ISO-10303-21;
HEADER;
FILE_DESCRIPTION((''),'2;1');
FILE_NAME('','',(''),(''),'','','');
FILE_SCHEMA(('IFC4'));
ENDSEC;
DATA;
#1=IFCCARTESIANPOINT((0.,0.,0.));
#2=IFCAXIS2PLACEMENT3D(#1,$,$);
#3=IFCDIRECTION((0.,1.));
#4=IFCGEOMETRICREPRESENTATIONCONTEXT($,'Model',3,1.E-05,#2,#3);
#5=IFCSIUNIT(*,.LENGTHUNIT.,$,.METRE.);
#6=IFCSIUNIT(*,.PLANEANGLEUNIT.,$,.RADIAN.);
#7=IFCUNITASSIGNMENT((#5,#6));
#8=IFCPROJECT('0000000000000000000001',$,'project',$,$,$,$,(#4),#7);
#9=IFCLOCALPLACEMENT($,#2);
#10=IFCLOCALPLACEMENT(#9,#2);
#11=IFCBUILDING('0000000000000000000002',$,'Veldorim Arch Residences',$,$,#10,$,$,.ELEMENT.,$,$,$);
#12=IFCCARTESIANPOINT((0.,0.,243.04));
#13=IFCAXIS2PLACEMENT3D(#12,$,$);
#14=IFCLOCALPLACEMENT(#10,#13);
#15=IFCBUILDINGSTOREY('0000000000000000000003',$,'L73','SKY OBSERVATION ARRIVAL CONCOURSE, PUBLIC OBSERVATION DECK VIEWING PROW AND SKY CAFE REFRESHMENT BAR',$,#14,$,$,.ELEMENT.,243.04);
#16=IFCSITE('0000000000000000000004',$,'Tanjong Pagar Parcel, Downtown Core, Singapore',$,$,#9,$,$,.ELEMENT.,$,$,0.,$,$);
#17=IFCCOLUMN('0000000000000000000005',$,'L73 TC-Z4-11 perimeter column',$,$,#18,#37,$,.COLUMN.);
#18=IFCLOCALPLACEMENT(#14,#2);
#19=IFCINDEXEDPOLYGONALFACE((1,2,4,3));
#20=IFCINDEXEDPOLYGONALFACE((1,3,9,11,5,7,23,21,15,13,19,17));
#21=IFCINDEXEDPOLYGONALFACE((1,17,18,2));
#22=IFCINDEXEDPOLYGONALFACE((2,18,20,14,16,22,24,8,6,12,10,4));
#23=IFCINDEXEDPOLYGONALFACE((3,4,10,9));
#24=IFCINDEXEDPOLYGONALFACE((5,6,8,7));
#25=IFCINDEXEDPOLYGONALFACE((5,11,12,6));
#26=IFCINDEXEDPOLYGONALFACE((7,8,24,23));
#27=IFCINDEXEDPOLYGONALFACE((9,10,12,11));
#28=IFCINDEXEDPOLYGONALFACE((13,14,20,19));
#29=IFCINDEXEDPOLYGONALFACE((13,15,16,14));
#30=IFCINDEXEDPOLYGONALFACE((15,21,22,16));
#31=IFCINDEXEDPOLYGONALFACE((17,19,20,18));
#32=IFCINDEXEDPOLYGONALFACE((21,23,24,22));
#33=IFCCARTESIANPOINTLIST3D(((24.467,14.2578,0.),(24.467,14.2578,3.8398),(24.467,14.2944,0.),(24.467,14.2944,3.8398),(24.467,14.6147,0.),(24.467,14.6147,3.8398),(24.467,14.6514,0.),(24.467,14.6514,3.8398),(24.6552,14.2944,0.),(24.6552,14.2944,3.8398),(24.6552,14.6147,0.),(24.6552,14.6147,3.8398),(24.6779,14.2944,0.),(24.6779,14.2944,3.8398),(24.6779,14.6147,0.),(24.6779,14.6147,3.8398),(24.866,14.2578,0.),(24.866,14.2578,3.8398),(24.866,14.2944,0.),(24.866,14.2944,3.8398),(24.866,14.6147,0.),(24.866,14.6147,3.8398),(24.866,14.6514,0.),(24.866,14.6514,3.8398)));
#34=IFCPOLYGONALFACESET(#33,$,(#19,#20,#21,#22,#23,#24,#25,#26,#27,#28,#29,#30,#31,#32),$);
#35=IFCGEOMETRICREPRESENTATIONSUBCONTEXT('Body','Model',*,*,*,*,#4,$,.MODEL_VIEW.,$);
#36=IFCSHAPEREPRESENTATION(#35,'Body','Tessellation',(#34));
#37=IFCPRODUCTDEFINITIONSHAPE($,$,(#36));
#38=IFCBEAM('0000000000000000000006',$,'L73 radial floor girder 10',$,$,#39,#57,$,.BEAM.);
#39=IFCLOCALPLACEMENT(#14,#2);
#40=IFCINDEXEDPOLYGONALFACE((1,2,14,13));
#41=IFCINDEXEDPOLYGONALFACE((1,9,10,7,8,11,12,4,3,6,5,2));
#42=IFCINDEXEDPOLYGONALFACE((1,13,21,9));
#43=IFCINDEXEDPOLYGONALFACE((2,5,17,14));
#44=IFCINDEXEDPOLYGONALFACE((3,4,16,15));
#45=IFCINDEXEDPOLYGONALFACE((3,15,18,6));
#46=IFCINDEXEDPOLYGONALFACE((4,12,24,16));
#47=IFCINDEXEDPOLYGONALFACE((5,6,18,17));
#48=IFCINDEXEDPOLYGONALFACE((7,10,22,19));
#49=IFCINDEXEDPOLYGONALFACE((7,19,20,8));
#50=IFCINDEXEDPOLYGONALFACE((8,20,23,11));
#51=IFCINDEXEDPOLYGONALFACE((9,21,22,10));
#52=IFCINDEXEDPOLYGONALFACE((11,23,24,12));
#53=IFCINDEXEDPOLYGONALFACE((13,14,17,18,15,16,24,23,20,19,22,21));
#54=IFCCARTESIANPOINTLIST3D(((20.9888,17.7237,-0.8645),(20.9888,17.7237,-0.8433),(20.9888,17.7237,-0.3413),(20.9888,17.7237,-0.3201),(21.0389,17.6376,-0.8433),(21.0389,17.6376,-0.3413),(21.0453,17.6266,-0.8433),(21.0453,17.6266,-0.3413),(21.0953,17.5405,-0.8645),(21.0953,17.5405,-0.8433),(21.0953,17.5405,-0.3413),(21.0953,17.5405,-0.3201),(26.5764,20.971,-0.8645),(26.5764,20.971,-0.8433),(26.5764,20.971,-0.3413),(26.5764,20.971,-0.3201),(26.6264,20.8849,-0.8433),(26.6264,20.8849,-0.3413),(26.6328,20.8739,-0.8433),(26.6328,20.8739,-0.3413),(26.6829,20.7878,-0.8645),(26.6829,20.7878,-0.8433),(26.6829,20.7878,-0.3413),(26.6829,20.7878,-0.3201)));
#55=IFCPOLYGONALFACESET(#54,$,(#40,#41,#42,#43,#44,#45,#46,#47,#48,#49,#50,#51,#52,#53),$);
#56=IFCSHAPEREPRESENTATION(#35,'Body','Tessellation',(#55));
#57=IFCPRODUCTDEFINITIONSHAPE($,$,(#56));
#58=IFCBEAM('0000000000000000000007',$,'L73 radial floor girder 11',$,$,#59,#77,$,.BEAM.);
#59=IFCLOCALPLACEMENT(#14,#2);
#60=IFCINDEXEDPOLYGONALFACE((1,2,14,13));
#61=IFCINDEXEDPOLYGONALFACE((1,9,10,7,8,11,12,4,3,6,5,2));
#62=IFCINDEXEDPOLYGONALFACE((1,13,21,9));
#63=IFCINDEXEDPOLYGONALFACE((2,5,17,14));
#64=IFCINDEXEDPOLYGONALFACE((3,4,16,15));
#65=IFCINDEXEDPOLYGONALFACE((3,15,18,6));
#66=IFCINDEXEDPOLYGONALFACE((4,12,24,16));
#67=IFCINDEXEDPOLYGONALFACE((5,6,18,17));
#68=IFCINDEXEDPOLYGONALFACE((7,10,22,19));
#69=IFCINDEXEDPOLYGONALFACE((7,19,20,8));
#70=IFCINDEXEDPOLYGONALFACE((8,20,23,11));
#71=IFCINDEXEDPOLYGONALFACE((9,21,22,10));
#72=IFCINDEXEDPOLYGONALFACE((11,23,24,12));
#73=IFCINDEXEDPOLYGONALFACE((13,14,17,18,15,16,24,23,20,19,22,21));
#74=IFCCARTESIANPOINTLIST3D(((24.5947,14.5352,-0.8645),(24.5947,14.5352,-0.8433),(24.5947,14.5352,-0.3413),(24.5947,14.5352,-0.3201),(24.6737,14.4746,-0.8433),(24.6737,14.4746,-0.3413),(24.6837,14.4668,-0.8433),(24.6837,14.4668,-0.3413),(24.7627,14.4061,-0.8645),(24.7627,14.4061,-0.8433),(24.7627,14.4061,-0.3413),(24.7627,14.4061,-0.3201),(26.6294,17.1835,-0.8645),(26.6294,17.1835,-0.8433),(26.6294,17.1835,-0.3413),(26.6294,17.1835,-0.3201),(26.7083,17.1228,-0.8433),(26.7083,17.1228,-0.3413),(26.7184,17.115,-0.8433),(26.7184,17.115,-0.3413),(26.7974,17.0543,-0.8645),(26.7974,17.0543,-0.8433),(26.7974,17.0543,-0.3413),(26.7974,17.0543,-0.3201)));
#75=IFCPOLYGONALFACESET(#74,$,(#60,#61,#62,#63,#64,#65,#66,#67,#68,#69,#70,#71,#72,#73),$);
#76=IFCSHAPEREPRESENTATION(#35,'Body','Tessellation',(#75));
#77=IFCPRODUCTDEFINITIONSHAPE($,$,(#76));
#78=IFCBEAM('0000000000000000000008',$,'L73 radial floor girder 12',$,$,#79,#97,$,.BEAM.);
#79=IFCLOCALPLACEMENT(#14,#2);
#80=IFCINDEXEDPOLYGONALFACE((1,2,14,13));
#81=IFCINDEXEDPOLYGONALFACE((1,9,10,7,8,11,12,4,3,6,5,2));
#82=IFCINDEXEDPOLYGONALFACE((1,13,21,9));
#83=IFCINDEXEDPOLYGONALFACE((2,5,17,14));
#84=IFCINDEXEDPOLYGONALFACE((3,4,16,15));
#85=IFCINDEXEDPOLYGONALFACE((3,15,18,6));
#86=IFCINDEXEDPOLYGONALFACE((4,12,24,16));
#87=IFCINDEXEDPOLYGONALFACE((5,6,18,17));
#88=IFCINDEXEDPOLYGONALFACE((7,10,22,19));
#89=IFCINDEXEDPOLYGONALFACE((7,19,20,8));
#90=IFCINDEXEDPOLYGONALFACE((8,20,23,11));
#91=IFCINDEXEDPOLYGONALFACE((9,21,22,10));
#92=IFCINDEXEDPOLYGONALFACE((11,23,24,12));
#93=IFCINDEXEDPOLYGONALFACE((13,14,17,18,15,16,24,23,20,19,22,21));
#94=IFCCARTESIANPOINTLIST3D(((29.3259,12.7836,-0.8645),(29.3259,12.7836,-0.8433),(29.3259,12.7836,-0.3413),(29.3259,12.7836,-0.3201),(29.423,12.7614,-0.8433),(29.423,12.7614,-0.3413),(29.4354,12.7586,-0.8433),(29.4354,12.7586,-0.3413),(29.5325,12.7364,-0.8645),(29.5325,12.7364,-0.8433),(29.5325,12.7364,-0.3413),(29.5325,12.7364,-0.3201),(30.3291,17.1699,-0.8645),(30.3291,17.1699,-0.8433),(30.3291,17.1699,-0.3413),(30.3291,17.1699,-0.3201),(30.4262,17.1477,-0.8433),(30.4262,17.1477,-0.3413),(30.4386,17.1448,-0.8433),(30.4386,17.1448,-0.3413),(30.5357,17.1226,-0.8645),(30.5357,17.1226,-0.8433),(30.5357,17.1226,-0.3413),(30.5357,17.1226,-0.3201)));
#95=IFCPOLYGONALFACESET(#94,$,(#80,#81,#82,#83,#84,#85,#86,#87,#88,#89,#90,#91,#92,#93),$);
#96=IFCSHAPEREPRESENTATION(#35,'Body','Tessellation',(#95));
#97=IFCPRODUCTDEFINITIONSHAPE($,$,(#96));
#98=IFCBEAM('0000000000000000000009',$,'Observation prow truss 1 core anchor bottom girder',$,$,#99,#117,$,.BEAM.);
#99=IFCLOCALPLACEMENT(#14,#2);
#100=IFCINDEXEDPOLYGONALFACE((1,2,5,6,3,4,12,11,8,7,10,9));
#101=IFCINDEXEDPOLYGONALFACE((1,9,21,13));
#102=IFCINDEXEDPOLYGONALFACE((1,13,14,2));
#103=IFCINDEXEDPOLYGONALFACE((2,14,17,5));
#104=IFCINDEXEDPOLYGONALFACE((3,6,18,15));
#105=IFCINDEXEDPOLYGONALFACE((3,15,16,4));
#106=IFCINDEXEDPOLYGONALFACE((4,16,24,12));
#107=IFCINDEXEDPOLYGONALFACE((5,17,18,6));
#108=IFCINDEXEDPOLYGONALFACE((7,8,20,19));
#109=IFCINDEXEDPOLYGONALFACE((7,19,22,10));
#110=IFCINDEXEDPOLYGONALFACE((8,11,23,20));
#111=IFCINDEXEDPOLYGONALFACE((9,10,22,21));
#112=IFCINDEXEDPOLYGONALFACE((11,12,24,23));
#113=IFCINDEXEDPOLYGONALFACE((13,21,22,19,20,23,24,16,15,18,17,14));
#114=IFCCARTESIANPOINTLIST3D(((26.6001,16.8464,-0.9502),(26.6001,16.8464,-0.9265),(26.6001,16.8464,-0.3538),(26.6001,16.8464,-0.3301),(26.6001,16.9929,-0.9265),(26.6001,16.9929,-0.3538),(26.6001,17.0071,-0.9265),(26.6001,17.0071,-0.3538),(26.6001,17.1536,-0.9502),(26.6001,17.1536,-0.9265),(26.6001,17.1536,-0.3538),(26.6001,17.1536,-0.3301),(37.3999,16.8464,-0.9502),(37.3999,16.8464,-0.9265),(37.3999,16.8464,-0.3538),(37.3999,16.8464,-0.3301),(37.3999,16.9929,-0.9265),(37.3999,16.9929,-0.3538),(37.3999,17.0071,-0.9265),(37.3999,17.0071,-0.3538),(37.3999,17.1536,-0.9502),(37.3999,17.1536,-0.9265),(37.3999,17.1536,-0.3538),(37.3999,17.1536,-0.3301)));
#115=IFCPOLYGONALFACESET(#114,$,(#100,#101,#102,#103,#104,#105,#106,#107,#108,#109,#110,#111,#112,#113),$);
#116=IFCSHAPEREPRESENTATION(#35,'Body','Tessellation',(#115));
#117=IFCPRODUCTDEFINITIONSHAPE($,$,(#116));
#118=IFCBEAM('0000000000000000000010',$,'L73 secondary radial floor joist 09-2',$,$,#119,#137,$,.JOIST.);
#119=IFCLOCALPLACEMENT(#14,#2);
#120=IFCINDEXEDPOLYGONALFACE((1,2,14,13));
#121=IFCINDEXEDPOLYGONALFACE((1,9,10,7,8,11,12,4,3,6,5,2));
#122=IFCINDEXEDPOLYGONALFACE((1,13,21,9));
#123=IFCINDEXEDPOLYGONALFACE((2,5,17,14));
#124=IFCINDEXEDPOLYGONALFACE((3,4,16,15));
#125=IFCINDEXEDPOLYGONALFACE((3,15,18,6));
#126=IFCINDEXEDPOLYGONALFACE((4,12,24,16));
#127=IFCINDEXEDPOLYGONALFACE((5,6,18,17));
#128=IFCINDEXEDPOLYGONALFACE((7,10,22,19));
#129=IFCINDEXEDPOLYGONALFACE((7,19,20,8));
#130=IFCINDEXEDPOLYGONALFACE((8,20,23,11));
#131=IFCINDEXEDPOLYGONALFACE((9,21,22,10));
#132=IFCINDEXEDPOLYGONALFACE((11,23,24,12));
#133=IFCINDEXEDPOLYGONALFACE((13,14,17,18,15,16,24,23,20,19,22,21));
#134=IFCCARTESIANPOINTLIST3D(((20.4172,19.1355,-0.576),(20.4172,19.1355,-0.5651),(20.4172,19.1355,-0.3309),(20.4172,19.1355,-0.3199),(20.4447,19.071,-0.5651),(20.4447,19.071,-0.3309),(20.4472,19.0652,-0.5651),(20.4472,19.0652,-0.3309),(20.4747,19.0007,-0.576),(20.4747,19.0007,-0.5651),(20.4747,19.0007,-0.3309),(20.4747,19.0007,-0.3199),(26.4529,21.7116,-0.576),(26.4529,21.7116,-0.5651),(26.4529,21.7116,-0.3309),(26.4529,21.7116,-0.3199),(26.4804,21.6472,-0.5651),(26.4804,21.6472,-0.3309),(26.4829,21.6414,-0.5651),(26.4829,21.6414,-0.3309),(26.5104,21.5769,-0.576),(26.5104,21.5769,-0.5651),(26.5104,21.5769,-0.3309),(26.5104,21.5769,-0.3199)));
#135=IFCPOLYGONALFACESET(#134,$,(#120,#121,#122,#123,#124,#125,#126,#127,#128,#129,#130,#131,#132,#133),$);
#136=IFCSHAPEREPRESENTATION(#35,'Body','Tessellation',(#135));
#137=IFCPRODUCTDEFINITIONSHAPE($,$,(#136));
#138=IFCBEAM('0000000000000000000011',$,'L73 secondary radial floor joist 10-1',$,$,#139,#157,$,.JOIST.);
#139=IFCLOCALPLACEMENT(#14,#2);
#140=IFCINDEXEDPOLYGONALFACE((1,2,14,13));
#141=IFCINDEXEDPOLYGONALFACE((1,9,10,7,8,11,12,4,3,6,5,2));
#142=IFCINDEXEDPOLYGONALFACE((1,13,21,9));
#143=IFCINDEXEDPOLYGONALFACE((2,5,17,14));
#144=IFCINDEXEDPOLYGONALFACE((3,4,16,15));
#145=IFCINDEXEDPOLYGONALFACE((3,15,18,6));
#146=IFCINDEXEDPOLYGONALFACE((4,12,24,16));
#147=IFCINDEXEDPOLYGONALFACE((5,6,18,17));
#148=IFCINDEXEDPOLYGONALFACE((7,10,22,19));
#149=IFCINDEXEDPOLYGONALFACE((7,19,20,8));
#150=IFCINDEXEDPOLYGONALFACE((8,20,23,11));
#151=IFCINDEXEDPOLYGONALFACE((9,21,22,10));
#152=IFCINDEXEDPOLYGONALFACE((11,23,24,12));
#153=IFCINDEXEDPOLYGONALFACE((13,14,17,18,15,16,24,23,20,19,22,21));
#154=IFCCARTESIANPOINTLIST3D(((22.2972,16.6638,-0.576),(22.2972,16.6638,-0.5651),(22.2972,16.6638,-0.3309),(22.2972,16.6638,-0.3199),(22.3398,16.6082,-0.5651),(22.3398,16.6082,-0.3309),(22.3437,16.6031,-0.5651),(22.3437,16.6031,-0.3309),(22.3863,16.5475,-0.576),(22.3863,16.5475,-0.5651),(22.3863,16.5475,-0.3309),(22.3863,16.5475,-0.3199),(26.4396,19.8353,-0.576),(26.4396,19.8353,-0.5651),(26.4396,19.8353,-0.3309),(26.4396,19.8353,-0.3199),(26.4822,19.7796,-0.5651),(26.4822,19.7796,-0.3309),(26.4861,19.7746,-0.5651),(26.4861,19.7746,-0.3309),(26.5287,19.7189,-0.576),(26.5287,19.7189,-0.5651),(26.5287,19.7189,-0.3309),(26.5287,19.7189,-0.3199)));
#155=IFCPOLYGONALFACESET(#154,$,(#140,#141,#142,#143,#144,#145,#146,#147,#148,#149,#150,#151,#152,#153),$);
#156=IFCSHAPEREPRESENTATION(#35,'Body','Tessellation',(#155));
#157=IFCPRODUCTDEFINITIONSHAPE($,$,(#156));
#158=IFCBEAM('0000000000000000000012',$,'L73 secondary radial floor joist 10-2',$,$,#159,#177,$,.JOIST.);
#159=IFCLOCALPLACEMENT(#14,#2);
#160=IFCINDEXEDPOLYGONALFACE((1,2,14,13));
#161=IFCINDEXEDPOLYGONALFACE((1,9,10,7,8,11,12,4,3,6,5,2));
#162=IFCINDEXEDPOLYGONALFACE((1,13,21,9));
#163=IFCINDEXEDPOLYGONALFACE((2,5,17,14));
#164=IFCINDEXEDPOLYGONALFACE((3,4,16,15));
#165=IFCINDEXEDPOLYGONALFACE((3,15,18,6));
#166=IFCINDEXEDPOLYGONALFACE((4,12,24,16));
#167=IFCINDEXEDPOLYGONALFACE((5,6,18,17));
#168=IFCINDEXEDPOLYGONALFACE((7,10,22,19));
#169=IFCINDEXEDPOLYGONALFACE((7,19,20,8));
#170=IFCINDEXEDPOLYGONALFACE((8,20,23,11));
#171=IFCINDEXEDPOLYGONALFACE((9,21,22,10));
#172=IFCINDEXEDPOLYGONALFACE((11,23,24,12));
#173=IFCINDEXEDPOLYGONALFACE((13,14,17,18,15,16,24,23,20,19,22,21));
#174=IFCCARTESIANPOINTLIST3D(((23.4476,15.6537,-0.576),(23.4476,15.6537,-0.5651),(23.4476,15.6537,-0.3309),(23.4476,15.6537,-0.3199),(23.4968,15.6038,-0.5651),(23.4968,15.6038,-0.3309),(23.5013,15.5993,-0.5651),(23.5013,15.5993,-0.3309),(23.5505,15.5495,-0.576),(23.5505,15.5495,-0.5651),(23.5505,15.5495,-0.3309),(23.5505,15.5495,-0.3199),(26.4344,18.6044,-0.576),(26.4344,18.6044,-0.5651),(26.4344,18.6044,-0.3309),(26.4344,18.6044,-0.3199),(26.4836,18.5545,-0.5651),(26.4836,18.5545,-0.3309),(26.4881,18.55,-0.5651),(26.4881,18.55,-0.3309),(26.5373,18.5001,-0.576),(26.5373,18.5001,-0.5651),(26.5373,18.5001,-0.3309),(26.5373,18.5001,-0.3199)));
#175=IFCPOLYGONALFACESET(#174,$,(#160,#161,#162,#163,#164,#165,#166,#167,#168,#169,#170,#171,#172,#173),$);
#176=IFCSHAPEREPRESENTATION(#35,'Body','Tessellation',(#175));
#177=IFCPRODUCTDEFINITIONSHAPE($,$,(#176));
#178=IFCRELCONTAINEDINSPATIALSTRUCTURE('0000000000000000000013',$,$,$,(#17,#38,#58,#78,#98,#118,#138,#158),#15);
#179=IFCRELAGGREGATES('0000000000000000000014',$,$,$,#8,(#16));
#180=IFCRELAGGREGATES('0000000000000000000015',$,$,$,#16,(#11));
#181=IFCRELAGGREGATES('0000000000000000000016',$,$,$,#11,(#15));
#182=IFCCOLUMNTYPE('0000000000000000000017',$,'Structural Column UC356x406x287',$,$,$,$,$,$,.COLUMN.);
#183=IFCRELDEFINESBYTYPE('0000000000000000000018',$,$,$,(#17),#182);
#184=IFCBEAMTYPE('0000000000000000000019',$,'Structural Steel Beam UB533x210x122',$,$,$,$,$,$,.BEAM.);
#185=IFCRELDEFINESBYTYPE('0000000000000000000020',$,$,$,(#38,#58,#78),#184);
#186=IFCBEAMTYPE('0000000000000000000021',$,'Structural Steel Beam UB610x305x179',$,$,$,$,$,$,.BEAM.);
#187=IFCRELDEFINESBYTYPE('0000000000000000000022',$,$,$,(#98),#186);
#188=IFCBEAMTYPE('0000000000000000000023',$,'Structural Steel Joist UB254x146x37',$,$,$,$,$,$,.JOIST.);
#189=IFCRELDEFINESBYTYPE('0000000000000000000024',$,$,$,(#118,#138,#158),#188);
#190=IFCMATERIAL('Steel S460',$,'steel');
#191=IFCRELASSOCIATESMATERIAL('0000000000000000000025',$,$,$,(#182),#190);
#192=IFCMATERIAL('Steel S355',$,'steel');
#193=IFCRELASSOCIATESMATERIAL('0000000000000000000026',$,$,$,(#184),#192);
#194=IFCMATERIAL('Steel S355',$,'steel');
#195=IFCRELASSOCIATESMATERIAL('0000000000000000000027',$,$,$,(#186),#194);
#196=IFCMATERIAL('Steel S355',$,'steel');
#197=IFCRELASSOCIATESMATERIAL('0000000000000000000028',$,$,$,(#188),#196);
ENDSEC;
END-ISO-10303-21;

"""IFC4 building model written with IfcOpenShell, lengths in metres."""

from ifc_helpers import new_model, si_unit, direction, frame, origin, origin_2d, place, context, subcontext, project, spatial, i_section, extrude, material, material_profile, profile_set, type_object, element, save


model = new_model("IFC4")

# Units and contexts
model_context = context("Model", 3, precision=1e-05, world=origin(), true_north=direction((0.0, 1.0)))
body_context = subcontext(model_context, "Body", "Model", "MODEL_VIEW")
ifc_project = project(units=[si_unit("LENGTHUNIT", "METRE"), si_unit("PLANEANGLEUNIT", "RADIAN")], contexts=[model_context])

# Site, building, storey
site_placement = place(None, origin())
site = spatial("IfcSite", under=ifc_project, at=site_placement, Name="Tanjong Pagar Parcel, Downtown Core, Singapore", CompositionType="ELEMENT", RefElevation=0.0)
building_placement = place(site_placement, origin())
building = spatial("IfcBuilding", under=site, at=building_placement, Name="Veldorim Arch Residences", CompositionType="ELEMENT")
storey_placement = place(building_placement, frame((0.0, 0.0, 243.04)))
storey = spatial("IfcBuildingStorey", under=building, at=storey_placement, Name="L73", Description="SKY OBSERVATION ARRIVAL CONCOURSE, PUBLIC OBSERVATION DECK VIEWING PROW AND SKY CAFE REFRESHMENT BAR", CompositionType="ELEMENT", Elevation=243.04)

# Column
ifc_material_1 = material(Name="Steel S460", Category="steel")
ifc_material_profile_1 = material_profile(ifc_material_1, i_section(OverallWidth=0.3989, OverallDepth=0.3936, WebThickness=0.0227, FlangeThickness=0.0366, at=origin_2d()), Name="UC356x406x287")
ifc_profile_set_1 = profile_set([ifc_material_profile_1], Name="Steel S460")
column_type = type_object("IfcColumnType", Name="Structural Column UC356x406x287", PredefinedType="COLUMN", material=ifc_profile_set_1)
column_placement = place(storey_placement, frame((24.6665, 14.4546, 0.0), z_axis=(0.0, 0.0, 1.0), x_axis=(1.0, 0.0, 0.0)))
element("IfcColumn", 1, at=column_placement, inside=storey, type_object=column_type, Name="L73 TC-Z4-11 perimeter column", PredefinedType="COLUMN", context=body_context, shape_type="SweptSolid", body=[
    extrude(i_section(OverallWidth=0.3989, OverallDepth=0.3936, WebThickness=0.0227, FlangeThickness=0.0366, at=origin_2d()), origin(), (0.0, 0.0, 1.0), 3.8398),
])

# Beams
ifc_material_2 = material(Name="Steel S355", Category="steel")
ifc_material_profile_2 = material_profile(ifc_material_2, i_section(OverallWidth=0.2119, OverallDepth=0.5444, WebThickness=0.0127, FlangeThickness=0.0212, at=origin_2d()), Name="UB533x210x122")
ifc_profile_set_2 = profile_set([ifc_material_profile_2], Name="Steel S355")
beam_type_1 = type_object("IfcBeamType", Name="Structural Steel Beam UB533x210x122", PredefinedType="BEAM", material=ifc_profile_set_2)
beam_1_placement = place(storey_placement, frame((26.6296, 20.8794, -0.5923), z_axis=(-0.864596, -0.502468, 0.0), x_axis=(0.502468, -0.864596, 0.0)))
element("IfcBeam", 2, at=beam_1_placement, inside=storey, type_object=beam_type_1, Name="L73 radial floor girder 10", PredefinedType="BEAM", context=body_context, shape_type="SweptSolid", body=[
    extrude(i_section(OverallWidth=0.2119, OverallDepth=0.5444, WebThickness=0.0127, FlangeThickness=0.0212, at=origin_2d()), origin(), (0.0, 0.0, 1.0), 6.4626),
])
beam_2_placement = place(storey_placement, frame((26.7134, 17.1189, -0.5923), z_axis=(-0.609258, -0.792972, 0.0), x_axis=(0.792972, -0.609258, 0.0)))
element("IfcBeam", 3, at=beam_2_placement, inside=storey, type_object=beam_type_1, Name="L73 radial floor girder 11", PredefinedType="BEAM", context=body_context, shape_type="SweptSolid", body=[
    extrude(i_section(OverallWidth=0.2119, OverallDepth=0.5444, WebThickness=0.0127, FlangeThickness=0.0212, at=origin_2d()), origin(), (0.0, 0.0, 1.0), 3.3396),
])
beam_3_placement = place(storey_placement, frame((30.4324, 17.1462, -0.5923), z_axis=(-0.222953, -0.974829, 0.0), x_axis=(0.974829, -0.222953, 0.0)))
element("IfcBeam", 4, at=beam_3_placement, inside=storey, type_object=beam_type_1, Name="L73 radial floor girder 12", PredefinedType="BEAM", context=body_context, shape_type="SweptSolid", body=[
    extrude(i_section(OverallWidth=0.2119, OverallDepth=0.5444, WebThickness=0.0127, FlangeThickness=0.0212, at=origin_2d()), origin(), (0.0, 0.0, 1.0), 4.4995),
])
ifc_material_3 = material(Name="Steel S355", Category="steel")
ifc_material_profile_3 = material_profile(ifc_material_3, i_section(OverallWidth=0.3071, OverallDepth=0.6201, WebThickness=0.0142, FlangeThickness=0.0237, at=origin_2d()), Name="UB610x305x179")
ifc_profile_set_3 = profile_set([ifc_material_profile_3], Name="Steel S355")
beam_type_2 = type_object("IfcBeamType", Name="Structural Steel Beam UB610x305x179", PredefinedType="BEAM", material=ifc_profile_set_3)
beam_4_placement = place(storey_placement, frame((26.6001, 17.0, -0.6401), z_axis=(1.0, 0.0, 0.0), x_axis=(0.0, 1.0, 0.0)))
element("IfcBeam", 5, at=beam_4_placement, inside=storey, type_object=beam_type_2, Name="Observation prow truss 1 core anchor bottom girder", PredefinedType="BEAM", context=body_context, shape_type="SweptSolid", body=[
    extrude(i_section(OverallWidth=0.3071, OverallDepth=0.6201, WebThickness=0.0142, FlangeThickness=0.0237, at=origin_2d()), origin(), (0.0, 0.0, 1.0), 10.7998),
])
ifc_material_4 = material(Name="Steel S355", Category="steel")
ifc_material_profile_4 = material_profile(ifc_material_4, i_section(OverallWidth=0.1465, OverallDepth=0.2561, WebThickness=0.0063, FlangeThickness=0.011, at=origin_2d()), Name="UB254x146x37")
ifc_profile_set_4 = profile_set([ifc_material_profile_4], Name="Steel S355")
beam_type_3 = type_object("IfcBeamType", Name="Structural Steel Joist UB254x146x37", PredefinedType="JOIST", material=ifc_profile_set_4)
beam_5_placement = place(storey_placement, frame((26.4817, 21.6443, -0.448), z_axis=(-0.919725, -0.392563, 0.0), x_axis=(0.392563, -0.919725, 0.0)))
element("IfcBeam", 6, at=beam_5_placement, inside=storey, type_object=beam_type_3, Name="L73 secondary radial floor joist 09-2", PredefinedType="JOIST", context=body_context, shape_type="SweptSolid", body=[
    extrude(i_section(OverallWidth=0.1465, OverallDepth=0.2561, WebThickness=0.0063, FlangeThickness=0.011, at=origin_2d()), origin(), (0.0, 0.0, 1.0), 6.5625),
])
beam_6_placement = place(storey_placement, frame((26.4841, 19.7771, -0.448), z_axis=(-0.794014, -0.6079, 0.0), x_axis=(0.6079, -0.794014, 0.0)))
element("IfcBeam", 7, at=beam_6_placement, inside=storey, type_object=beam_type_3, Name="L73 secondary radial floor joist 10-1", PredefinedType="JOIST", context=body_context, shape_type="SweptSolid", body=[
    extrude(i_section(OverallWidth=0.1465, OverallDepth=0.2561, WebThickness=0.0063, FlangeThickness=0.011, at=origin_2d()), origin(), (0.0, 0.0, 1.0), 5.217),
])
beam_7_placement = place(storey_placement, frame((26.4858, 18.5522, -0.448), z_axis=(-0.711397, -0.702791, 0.0), x_axis=(0.702791, -0.711397, 0.0)))
element("IfcBeam", 8, at=beam_7_placement, inside=storey, type_object=beam_type_3, Name="L73 secondary radial floor joist 10-2", PredefinedType="JOIST", context=body_context, shape_type="SweptSolid", body=[
    extrude(i_section(OverallWidth=0.1465, OverallDepth=0.2561, WebThickness=0.0063, FlangeThickness=0.011, at=origin_2d()), origin(), (0.0, 0.0, 1.0), 4.1985),
])

save(model, "model.ifc")
